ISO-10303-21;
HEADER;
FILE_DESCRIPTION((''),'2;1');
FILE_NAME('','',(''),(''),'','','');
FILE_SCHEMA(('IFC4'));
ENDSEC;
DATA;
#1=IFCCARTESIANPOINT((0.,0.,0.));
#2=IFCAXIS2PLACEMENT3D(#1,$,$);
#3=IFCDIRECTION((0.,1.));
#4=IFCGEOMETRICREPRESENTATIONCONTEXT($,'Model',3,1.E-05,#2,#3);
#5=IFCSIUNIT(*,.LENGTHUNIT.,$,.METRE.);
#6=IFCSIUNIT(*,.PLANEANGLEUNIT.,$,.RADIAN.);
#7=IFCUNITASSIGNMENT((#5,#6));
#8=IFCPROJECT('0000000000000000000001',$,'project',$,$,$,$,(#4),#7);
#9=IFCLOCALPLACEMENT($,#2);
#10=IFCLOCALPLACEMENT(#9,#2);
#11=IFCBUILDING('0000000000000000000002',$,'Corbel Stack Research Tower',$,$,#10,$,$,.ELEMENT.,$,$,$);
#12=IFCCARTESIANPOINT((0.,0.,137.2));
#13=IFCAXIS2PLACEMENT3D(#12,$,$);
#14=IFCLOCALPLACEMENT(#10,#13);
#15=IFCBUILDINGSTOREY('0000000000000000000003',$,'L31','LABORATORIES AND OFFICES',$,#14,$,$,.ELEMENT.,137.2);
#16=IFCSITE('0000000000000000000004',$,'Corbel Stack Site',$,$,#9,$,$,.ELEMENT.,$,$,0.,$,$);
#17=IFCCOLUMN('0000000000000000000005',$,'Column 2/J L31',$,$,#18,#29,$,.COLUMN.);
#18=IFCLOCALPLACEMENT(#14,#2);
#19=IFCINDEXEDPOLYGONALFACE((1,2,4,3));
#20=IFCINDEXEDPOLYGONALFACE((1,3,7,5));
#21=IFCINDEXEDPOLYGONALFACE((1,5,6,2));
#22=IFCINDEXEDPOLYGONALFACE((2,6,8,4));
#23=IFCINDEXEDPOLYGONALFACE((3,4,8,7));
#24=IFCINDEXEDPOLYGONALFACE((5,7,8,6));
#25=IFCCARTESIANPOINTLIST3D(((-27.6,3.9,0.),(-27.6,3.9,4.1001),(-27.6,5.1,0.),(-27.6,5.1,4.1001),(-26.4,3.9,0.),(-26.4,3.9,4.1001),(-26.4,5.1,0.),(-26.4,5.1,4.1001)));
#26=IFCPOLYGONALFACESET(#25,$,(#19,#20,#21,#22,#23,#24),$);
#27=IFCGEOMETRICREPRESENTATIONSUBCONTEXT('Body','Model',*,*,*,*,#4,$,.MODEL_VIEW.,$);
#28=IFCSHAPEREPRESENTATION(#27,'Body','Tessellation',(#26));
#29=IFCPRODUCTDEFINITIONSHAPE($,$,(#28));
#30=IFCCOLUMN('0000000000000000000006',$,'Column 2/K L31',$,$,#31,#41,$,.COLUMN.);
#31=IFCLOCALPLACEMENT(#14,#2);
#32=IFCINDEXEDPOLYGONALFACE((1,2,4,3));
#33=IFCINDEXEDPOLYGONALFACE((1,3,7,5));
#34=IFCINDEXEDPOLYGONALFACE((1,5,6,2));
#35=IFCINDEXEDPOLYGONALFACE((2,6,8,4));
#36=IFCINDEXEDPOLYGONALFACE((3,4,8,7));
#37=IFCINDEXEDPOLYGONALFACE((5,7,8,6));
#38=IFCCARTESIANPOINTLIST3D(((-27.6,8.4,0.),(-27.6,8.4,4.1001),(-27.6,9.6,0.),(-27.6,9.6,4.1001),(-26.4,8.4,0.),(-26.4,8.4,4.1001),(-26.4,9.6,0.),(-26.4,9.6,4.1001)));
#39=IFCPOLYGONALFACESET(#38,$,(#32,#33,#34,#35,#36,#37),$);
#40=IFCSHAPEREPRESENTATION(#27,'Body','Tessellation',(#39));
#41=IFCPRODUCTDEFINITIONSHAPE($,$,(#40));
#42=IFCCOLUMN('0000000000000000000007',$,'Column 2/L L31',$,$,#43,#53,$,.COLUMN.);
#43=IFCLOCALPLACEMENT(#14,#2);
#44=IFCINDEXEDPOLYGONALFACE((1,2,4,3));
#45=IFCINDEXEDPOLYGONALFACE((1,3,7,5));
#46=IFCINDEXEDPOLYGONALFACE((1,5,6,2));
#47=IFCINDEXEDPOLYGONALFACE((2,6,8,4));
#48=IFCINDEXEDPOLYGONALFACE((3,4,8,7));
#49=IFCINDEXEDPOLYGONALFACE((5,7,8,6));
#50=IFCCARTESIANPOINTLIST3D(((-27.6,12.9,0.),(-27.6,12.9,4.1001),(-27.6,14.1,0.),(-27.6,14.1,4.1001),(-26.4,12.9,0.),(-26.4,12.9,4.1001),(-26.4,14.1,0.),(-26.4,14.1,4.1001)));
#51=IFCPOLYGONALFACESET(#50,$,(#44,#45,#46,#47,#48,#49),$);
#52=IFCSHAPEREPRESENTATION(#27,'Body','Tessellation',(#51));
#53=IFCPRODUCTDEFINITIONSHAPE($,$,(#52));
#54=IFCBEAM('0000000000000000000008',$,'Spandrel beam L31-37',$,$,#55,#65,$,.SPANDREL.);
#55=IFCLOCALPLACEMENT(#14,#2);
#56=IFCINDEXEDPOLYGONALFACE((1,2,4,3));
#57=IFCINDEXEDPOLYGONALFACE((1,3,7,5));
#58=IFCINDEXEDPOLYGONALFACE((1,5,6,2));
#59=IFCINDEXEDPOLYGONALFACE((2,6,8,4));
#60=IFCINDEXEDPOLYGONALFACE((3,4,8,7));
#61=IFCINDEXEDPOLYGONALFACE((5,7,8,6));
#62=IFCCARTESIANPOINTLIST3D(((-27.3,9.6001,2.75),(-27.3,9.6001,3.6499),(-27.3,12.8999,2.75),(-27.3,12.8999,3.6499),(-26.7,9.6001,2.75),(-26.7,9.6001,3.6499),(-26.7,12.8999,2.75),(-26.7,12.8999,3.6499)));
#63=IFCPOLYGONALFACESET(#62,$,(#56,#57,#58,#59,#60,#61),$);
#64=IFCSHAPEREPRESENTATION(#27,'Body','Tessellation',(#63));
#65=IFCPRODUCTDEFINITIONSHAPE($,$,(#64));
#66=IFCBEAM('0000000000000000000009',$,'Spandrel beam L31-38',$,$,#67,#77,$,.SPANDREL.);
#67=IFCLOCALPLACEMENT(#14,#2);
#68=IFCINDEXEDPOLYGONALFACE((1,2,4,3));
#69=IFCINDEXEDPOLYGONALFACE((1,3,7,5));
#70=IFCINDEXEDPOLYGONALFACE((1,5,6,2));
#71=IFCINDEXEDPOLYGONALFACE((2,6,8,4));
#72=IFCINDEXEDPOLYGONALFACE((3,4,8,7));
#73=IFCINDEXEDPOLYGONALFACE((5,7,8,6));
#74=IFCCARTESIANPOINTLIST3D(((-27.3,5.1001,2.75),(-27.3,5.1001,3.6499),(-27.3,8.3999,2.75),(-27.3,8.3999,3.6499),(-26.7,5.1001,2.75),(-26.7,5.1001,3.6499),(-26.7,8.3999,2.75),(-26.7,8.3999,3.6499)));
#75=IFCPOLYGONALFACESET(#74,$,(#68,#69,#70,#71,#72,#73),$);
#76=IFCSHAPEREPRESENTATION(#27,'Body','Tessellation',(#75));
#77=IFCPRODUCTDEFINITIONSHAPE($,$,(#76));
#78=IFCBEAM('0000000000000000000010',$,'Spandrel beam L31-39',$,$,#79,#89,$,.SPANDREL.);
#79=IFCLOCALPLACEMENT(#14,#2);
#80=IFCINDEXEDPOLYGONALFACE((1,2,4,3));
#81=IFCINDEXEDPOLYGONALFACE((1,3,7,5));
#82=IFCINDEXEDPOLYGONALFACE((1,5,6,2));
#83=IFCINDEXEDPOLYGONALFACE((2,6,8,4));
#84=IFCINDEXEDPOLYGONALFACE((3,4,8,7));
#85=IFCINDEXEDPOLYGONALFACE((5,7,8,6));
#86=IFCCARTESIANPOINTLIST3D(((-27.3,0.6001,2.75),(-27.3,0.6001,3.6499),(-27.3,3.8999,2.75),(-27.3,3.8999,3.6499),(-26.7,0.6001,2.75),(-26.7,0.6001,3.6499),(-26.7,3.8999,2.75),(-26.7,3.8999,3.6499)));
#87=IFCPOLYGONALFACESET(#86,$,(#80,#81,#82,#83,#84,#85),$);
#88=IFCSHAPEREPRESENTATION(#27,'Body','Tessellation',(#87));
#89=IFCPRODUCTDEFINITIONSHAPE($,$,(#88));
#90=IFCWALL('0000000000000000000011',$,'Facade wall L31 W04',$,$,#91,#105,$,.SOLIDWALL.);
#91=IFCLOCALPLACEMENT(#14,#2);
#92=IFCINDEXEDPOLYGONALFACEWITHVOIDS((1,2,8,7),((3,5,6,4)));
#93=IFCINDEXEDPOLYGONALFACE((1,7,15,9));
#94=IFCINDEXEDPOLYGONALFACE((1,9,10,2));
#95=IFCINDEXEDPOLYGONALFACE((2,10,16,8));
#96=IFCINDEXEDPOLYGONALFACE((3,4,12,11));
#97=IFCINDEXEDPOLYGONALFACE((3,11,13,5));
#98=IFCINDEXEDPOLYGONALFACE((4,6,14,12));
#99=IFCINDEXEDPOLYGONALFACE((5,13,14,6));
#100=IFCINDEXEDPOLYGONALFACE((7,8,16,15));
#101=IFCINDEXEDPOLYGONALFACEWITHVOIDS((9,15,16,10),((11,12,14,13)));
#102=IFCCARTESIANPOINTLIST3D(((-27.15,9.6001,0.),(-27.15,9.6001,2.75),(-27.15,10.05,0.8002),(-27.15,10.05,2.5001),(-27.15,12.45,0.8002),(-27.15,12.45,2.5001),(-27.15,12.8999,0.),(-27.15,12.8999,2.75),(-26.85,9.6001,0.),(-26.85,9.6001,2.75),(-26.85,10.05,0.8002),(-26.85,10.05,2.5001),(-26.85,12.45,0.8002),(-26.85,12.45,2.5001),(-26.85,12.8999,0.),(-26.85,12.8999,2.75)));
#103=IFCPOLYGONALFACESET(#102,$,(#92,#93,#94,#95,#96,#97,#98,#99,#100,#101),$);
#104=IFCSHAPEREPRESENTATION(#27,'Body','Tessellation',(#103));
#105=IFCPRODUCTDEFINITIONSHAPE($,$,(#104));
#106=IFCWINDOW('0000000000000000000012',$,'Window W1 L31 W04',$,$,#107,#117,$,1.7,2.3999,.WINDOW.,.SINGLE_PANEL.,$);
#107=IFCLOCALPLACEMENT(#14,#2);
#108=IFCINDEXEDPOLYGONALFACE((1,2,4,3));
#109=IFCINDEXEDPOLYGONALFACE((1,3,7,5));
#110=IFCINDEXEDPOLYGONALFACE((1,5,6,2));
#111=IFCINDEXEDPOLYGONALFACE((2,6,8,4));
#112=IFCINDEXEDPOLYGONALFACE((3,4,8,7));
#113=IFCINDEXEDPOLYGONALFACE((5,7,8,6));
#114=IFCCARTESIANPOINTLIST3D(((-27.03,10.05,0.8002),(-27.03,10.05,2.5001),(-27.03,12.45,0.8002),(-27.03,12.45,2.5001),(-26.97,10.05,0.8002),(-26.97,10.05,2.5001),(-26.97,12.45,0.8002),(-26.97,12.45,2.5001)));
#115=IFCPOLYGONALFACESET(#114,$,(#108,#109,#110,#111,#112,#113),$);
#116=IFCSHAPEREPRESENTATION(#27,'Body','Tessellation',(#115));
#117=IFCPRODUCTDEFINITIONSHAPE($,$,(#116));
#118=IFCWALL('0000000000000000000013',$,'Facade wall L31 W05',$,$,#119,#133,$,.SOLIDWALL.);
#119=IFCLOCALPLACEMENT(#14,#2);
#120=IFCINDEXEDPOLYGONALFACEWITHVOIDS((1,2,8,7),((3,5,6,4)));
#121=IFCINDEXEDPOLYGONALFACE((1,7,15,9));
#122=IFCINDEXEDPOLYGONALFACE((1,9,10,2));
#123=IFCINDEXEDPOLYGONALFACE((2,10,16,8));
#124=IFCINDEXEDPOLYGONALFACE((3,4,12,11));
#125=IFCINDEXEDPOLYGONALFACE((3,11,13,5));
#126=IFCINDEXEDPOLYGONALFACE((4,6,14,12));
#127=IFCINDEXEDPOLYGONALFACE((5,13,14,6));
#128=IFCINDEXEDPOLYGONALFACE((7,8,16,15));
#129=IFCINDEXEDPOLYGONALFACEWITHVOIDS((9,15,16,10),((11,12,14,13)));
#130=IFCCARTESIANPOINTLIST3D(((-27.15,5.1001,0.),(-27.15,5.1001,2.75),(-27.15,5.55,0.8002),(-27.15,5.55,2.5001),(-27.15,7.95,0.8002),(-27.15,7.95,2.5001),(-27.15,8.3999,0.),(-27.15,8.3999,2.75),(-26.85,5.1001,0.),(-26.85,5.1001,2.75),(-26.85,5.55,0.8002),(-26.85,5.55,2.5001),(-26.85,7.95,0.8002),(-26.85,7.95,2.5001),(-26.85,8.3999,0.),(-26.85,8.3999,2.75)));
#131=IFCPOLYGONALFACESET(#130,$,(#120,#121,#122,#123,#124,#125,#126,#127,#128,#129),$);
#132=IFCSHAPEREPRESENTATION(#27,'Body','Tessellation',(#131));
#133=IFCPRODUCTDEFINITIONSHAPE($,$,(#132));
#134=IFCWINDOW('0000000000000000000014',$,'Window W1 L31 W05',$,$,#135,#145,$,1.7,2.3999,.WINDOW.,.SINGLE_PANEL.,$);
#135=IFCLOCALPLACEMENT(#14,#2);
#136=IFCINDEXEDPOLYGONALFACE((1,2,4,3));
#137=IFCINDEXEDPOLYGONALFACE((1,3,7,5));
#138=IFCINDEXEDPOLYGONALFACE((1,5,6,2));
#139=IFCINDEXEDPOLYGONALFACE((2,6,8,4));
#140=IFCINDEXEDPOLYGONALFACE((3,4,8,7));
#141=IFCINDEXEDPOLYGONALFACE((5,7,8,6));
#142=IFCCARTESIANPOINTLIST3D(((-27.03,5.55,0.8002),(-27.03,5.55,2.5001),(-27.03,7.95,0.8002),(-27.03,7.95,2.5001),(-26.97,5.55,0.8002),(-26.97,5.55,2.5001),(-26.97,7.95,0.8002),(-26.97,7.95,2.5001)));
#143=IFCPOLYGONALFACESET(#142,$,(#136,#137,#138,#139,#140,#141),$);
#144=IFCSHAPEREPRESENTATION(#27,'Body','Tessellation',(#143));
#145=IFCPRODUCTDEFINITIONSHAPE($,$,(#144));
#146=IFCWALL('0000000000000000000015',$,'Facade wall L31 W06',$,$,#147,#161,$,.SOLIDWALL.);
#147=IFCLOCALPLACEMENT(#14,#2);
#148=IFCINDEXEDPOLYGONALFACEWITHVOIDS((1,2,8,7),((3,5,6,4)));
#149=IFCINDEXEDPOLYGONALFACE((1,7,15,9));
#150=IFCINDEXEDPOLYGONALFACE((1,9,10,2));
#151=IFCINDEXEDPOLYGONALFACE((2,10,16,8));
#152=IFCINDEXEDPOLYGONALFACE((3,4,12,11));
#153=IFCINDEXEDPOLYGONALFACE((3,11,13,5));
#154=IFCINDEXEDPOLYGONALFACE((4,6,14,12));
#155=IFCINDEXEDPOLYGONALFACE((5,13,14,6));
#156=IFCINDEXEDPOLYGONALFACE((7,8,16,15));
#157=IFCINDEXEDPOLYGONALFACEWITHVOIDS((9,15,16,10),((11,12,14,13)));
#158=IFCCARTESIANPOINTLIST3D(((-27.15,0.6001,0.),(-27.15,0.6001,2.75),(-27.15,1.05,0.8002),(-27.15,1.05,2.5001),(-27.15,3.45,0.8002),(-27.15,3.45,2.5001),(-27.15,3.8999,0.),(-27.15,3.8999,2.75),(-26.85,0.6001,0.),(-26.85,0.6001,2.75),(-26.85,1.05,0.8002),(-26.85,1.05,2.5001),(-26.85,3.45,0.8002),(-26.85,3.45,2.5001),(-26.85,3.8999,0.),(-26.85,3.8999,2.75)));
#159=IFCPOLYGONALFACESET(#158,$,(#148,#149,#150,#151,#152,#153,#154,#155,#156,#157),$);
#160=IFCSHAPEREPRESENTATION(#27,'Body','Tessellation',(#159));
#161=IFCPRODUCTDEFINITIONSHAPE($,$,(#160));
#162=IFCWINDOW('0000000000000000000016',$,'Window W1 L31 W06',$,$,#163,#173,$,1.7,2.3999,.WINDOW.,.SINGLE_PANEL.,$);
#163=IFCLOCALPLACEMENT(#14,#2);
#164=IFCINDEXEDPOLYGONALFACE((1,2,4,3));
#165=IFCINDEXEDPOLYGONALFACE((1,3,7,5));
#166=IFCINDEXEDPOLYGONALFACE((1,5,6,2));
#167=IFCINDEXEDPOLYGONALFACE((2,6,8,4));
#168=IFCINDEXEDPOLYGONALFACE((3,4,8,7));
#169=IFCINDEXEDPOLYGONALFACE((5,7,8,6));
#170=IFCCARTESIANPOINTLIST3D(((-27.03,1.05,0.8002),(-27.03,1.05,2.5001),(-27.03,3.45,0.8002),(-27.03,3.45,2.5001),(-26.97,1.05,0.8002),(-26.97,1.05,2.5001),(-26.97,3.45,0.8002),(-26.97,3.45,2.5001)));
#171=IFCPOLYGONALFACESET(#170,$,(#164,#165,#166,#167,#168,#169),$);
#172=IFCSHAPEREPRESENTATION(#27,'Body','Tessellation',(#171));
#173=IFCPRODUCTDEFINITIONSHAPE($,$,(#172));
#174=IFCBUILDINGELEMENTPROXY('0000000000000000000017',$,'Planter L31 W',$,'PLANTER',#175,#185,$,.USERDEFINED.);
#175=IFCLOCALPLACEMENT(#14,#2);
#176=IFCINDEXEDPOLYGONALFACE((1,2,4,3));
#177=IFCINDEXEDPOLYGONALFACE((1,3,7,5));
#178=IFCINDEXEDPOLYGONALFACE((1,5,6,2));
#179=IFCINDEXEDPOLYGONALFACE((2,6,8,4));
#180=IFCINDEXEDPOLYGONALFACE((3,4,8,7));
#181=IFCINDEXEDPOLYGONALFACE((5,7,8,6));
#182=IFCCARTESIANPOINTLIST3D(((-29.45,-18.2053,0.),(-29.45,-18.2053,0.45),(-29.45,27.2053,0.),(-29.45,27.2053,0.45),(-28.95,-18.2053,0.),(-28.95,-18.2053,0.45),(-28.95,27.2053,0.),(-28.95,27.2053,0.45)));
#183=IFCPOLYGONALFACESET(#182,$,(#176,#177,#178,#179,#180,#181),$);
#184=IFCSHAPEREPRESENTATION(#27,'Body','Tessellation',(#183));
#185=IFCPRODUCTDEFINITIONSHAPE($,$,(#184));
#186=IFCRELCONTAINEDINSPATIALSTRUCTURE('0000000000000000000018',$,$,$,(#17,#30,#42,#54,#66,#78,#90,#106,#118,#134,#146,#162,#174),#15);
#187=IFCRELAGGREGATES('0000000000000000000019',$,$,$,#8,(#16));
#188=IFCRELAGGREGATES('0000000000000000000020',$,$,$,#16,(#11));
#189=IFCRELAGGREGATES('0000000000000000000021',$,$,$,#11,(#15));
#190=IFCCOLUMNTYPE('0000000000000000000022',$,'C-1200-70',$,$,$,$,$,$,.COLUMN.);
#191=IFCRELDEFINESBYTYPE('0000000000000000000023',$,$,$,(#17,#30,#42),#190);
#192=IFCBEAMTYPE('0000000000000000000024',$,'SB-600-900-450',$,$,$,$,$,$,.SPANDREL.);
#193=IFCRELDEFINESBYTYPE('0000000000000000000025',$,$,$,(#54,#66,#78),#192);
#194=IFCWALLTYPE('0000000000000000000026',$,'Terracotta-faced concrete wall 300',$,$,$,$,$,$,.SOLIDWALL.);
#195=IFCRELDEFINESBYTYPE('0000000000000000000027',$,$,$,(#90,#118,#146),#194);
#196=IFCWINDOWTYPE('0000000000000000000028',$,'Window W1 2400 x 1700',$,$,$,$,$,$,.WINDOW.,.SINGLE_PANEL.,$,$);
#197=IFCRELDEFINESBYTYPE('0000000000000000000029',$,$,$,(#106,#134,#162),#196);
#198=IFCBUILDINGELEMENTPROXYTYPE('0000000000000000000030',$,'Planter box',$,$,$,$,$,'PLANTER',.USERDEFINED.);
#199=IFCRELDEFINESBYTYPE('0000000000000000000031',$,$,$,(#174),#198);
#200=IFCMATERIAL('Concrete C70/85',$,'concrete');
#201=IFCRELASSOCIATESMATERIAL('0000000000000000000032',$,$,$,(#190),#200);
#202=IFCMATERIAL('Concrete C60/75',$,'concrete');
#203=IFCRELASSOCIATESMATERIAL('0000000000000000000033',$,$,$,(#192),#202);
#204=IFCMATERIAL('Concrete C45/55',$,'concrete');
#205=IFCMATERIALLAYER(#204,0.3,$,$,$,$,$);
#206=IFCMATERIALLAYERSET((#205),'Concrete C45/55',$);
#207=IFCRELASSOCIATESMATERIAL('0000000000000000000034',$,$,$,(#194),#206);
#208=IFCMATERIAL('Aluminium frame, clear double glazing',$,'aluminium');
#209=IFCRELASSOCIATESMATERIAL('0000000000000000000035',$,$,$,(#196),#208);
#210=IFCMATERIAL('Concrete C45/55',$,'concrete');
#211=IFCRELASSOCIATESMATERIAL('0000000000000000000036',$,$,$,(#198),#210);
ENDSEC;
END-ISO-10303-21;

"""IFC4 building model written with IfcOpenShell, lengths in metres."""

from ifc_helpers import new_model, si_unit, direction, frame, frame_2d, origin, origin_2d, place, context, subcontext, project, spatial, rectangle, extrude, material, layer, layer_set, material_profile, profile_set, type_object, element, fill, save


model = new_model("IFC4")

# Units and contexts
model_context = context("Model", 3, precision=1e-05, world=origin(), true_north=direction((0.0, 1.0)))
body_context = subcontext(model_context, "Body", "Model", "MODEL_VIEW")
ifc_project = project(units=[si_unit("LENGTHUNIT", "METRE"), si_unit("PLANEANGLEUNIT", "RADIAN")], contexts=[model_context])

# Site, building, storey
site_placement = place(None, origin())
site = spatial("IfcSite", under=ifc_project, at=site_placement, Name="Corbel Stack Site", CompositionType="ELEMENT", RefElevation=0.0)
building_placement = place(site_placement, origin())
building = spatial("IfcBuilding", under=site, at=building_placement, Name="Corbel Stack Research Tower", CompositionType="ELEMENT")
storey_placement = place(building_placement, frame((0.0, 0.0, 137.2)))
storey = spatial("IfcBuildingStorey", under=building, at=storey_placement, Name="L31", Description="LABORATORIES AND OFFICES", CompositionType="ELEMENT", Elevation=137.2)

# Columns
ifc_material_1 = material(Name="Concrete C70/85", Category="concrete")
ifc_material_profile_1 = material_profile(ifc_material_1, rectangle(XDim=1.2, YDim=1.2, at=origin_2d()), Name="RC 1200 x 1200")
ifc_profile_set_1 = profile_set([ifc_material_profile_1], Name="Concrete C70/85")
column_type = type_object("IfcColumnType", Name="C-1200-70", PredefinedType="COLUMN", material=ifc_profile_set_1)
for number, where, z_axis, x_axis, name in (
    (1, (-27.0, 4.5, 0.0), (0.0, 0.0, 1.0), (1.0, 0.0, 0.0), "Column 2/J L31"),
    (2, (-27.0, 9.0, 0.0), (0.0, 0.0, 1.0), (1.0, 0.0, 0.0), "Column 2/K L31"),
    (3, (-27.0, 13.5, 0.0), (0.0, 0.0, 1.0), (1.0, 0.0, 0.0), "Column 2/L L31"),
):
    element("IfcColumn", number, at=place(storey_placement, frame(where, z_axis=z_axis, x_axis=x_axis)), inside=storey, type_object=column_type, Name=name, PredefinedType="COLUMN", context=body_context, shape_type="SweptSolid", body=[
        extrude(rectangle(XDim=1.2, YDim=1.2, at=origin_2d()), origin(), (0.0, 0.0, 1.0), 4.1001),
    ])

# Beams
ifc_material_2 = material(Name="Concrete C60/75", Category="concrete")
ifc_material_profile_2 = material_profile(ifc_material_2, rectangle(XDim=0.6001, YDim=0.8999, at=origin_2d()), Name="RC 600 x 900")
ifc_profile_set_2 = profile_set([ifc_material_profile_2], Name="Concrete C60/75")
beam_type = type_object("IfcBeamType", Name="SB-600-900-450", PredefinedType="SPANDREL", material=ifc_profile_set_2)
for number, where, z_axis, x_axis, name in (
    (4, (-27.0, 12.8999, 3.2), (0.0, -1.0, 0.0), (1.0, 0.0, 0.0), "Spandrel beam L31-37"),
    (5, (-27.0, 8.3999, 3.2), (0.0, -1.0, 0.0), (1.0, 0.0, 0.0), "Spandrel beam L31-38"),
    (6, (-27.0, 3.8999, 3.2), (0.0, -1.0, 0.0), (1.0, 0.0, 0.0), "Spandrel beam L31-39"),
):
    element("IfcBeam", number, at=place(storey_placement, frame(where, z_axis=z_axis, x_axis=x_axis)), inside=storey, type_object=beam_type, Name=name, PredefinedType="SPANDREL", context=body_context, shape_type="SweptSolid", body=[
        extrude(rectangle(XDim=0.6001, YDim=0.8999, at=origin_2d()), origin(), (0.0, 0.0, 1.0), 3.2998),
    ])

# Walls, openings, windows
ifc_material_3 = material(Name="Concrete C45/55", Category="concrete")
ifc_layer = layer(ifc_material_3, 0.3)
ifc_layer_set = layer_set([ifc_layer], Name="Concrete C45/55")
wall_type = type_object("IfcWallType", Name="Terracotta-faced concrete wall 300", PredefinedType="SOLIDWALL", material=ifc_layer_set)
wall_1_placement = place(storey_placement, frame((-27.0, 9.6001, 0.0), z_axis=(0.0, 0.0, 1.0), x_axis=(0.0, 1.0, 0.0)))
wall_1 = element("IfcWall", 7, at=wall_1_placement, inside=storey, type_object=wall_type, Name="Facade wall L31 W04", PredefinedType="SOLIDWALL", context=body_context, shape_type="SweptSolid", body=[
    extrude(rectangle(XDim=3.2998, YDim=0.3, at=frame_2d((1.6499, 0.0))), origin(), (0.0, 0.0, 1.0), 2.75),
])
opening_1_placement = place(wall_1_placement, frame((0.45, 0.0, 0.8)))
opening_1 = element("IfcOpeningElement", 8, at=opening_1_placement, cuts=wall_1, PredefinedType="OPENING", context=body_context, shape_type="SweptSolid", body=[
    extrude(rectangle(XDim=2.3999, YDim=1.7, at=frame_2d((1.2, 0.8501))), frame((0.0, 0.1599, 0.0), z_axis=(0.0, -1.0, 0.0), x_axis=(1.0, 0.0, 0.0)), (0.0, 0.0, 1.0), 0.3201),
])
ifc_material_4 = material(Name="Aluminium frame, clear double glazing", Category="aluminium")
window_type = type_object("IfcWindowType", Name="Window W1 2400 x 1700", PartitioningType="SINGLE_PANEL", PredefinedType="WINDOW", material=ifc_material_4)
window_1_placement = place(opening_1_placement, origin())
window_1 = element("IfcWindow", 9, at=window_1_placement, inside=storey, type_object=window_type, Name="Window W1 L31 W04", OverallHeight=1.7, OverallWidth=2.3999, PartitioningType="SINGLE_PANEL", PredefinedType="WINDOW", context=body_context, shape_type="SweptSolid", body=[
    extrude(rectangle(XDim=2.3999, YDim=1.7, at=frame_2d((1.2, 0.8501))), frame((0.0, 0.03, 0.0), z_axis=(0.0, -1.0, 0.0), x_axis=(1.0, 0.0, 0.0)), (0.0, 0.0, 1.0), 0.0601),
])
fill(opening_1, window_1)
wall_2_placement = place(storey_placement, frame((-27.0, 5.1001, 0.0), z_axis=(0.0, 0.0, 1.0), x_axis=(0.0, 1.0, 0.0)))
wall_2 = element("IfcWall", 10, at=wall_2_placement, inside=storey, type_object=wall_type, Name="Facade wall L31 W05", PredefinedType="SOLIDWALL", context=body_context, shape_type="SweptSolid", body=[
    extrude(rectangle(XDim=3.2998, YDim=0.3, at=frame_2d((1.6499, 0.0))), origin(), (0.0, 0.0, 1.0), 2.75),
])
opening_2_placement = place(wall_2_placement, frame((0.45, 0.0, 0.8)))
opening_2 = element("IfcOpeningElement", 11, at=opening_2_placement, cuts=wall_2, PredefinedType="OPENING", context=body_context, shape_type="SweptSolid", body=[
    extrude(rectangle(XDim=2.3999, YDim=1.7, at=frame_2d((1.2, 0.8501))), frame((0.0, 0.1599, 0.0), z_axis=(0.0, -1.0, 0.0), x_axis=(1.0, 0.0, 0.0)), (0.0, 0.0, 1.0), 0.3201),
])
window_2_placement = place(opening_2_placement, origin())
window_2 = element("IfcWindow", 12, at=window_2_placement, inside=storey, type_object=window_type, Name="Window W1 L31 W05", OverallHeight=1.7, OverallWidth=2.3999, PartitioningType="SINGLE_PANEL", PredefinedType="WINDOW", context=body_context, shape_type="SweptSolid", body=[
    extrude(rectangle(XDim=2.3999, YDim=1.7, at=frame_2d((1.2, 0.8501))), frame((0.0, 0.03, 0.0), z_axis=(0.0, -1.0, 0.0), x_axis=(1.0, 0.0, 0.0)), (0.0, 0.0, 1.0), 0.0601),
])
fill(opening_2, window_2)
wall_3_placement = place(storey_placement, frame((-27.0, 0.6001, 0.0), z_axis=(0.0, 0.0, 1.0), x_axis=(0.0, 1.0, 0.0)))
wall_3 = element("IfcWall", 13, at=wall_3_placement, inside=storey, type_object=wall_type, Name="Facade wall L31 W06", PredefinedType="SOLIDWALL", context=body_context, shape_type="SweptSolid", body=[
    extrude(rectangle(XDim=3.2998, YDim=0.3, at=frame_2d((1.6499, 0.0))), origin(), (0.0, 0.0, 1.0), 2.75),
])
opening_3_placement = place(wall_3_placement, frame((0.45, 0.0, 0.8)))
opening_3 = element("IfcOpeningElement", 14, at=opening_3_placement, cuts=wall_3, PredefinedType="OPENING", context=body_context, shape_type="SweptSolid", body=[
    extrude(rectangle(XDim=2.3999, YDim=1.7, at=frame_2d((1.2, 0.8501))), frame((0.0, 0.1599, 0.0), z_axis=(0.0, -1.0, 0.0), x_axis=(1.0, 0.0, 0.0)), (0.0, 0.0, 1.0), 0.3201),
])
window_3_placement = place(opening_3_placement, origin())
window_3 = element("IfcWindow", 15, at=window_3_placement, inside=storey, type_object=window_type, Name="Window W1 L31 W06", OverallHeight=1.7, OverallWidth=2.3999, PartitioningType="SINGLE_PANEL", PredefinedType="WINDOW", context=body_context, shape_type="SweptSolid", body=[
    extrude(rectangle(XDim=2.3999, YDim=1.7, at=frame_2d((1.2, 0.8501))), frame((0.0, 0.03, 0.0), z_axis=(0.0, -1.0, 0.0), x_axis=(1.0, 0.0, 0.0)), (0.0, 0.0, 1.0), 0.0601),
])
fill(opening_3, window_3)

# Building element proxy
ifc_material_5 = material(Name="Concrete C45/55", Category="concrete")
building_element_proxy_type = type_object("IfcBuildingElementProxyType", Name="Planter box", ElementType="PLANTER", PredefinedType="USERDEFINED", material=ifc_material_5)
proxy_placement = place(storey_placement, frame((-29.2, 4.5, 0.0), z_axis=(0.0, 0.0, 1.0), x_axis=(0.0, -1.0, 0.0)))
element("IfcBuildingElementProxy", 16, at=proxy_placement, inside=storey, type_object=building_element_proxy_type, Name="Planter L31 W", ObjectType="PLANTER", PredefinedType="USERDEFINED", context=body_context, shape_type="SweptSolid", body=[
    extrude(rectangle(XDim=45.4106, YDim=0.5, at=origin_2d()), origin(), (0.0, 0.0, 1.0), 0.45),
])

save(model, "model.ifc")
